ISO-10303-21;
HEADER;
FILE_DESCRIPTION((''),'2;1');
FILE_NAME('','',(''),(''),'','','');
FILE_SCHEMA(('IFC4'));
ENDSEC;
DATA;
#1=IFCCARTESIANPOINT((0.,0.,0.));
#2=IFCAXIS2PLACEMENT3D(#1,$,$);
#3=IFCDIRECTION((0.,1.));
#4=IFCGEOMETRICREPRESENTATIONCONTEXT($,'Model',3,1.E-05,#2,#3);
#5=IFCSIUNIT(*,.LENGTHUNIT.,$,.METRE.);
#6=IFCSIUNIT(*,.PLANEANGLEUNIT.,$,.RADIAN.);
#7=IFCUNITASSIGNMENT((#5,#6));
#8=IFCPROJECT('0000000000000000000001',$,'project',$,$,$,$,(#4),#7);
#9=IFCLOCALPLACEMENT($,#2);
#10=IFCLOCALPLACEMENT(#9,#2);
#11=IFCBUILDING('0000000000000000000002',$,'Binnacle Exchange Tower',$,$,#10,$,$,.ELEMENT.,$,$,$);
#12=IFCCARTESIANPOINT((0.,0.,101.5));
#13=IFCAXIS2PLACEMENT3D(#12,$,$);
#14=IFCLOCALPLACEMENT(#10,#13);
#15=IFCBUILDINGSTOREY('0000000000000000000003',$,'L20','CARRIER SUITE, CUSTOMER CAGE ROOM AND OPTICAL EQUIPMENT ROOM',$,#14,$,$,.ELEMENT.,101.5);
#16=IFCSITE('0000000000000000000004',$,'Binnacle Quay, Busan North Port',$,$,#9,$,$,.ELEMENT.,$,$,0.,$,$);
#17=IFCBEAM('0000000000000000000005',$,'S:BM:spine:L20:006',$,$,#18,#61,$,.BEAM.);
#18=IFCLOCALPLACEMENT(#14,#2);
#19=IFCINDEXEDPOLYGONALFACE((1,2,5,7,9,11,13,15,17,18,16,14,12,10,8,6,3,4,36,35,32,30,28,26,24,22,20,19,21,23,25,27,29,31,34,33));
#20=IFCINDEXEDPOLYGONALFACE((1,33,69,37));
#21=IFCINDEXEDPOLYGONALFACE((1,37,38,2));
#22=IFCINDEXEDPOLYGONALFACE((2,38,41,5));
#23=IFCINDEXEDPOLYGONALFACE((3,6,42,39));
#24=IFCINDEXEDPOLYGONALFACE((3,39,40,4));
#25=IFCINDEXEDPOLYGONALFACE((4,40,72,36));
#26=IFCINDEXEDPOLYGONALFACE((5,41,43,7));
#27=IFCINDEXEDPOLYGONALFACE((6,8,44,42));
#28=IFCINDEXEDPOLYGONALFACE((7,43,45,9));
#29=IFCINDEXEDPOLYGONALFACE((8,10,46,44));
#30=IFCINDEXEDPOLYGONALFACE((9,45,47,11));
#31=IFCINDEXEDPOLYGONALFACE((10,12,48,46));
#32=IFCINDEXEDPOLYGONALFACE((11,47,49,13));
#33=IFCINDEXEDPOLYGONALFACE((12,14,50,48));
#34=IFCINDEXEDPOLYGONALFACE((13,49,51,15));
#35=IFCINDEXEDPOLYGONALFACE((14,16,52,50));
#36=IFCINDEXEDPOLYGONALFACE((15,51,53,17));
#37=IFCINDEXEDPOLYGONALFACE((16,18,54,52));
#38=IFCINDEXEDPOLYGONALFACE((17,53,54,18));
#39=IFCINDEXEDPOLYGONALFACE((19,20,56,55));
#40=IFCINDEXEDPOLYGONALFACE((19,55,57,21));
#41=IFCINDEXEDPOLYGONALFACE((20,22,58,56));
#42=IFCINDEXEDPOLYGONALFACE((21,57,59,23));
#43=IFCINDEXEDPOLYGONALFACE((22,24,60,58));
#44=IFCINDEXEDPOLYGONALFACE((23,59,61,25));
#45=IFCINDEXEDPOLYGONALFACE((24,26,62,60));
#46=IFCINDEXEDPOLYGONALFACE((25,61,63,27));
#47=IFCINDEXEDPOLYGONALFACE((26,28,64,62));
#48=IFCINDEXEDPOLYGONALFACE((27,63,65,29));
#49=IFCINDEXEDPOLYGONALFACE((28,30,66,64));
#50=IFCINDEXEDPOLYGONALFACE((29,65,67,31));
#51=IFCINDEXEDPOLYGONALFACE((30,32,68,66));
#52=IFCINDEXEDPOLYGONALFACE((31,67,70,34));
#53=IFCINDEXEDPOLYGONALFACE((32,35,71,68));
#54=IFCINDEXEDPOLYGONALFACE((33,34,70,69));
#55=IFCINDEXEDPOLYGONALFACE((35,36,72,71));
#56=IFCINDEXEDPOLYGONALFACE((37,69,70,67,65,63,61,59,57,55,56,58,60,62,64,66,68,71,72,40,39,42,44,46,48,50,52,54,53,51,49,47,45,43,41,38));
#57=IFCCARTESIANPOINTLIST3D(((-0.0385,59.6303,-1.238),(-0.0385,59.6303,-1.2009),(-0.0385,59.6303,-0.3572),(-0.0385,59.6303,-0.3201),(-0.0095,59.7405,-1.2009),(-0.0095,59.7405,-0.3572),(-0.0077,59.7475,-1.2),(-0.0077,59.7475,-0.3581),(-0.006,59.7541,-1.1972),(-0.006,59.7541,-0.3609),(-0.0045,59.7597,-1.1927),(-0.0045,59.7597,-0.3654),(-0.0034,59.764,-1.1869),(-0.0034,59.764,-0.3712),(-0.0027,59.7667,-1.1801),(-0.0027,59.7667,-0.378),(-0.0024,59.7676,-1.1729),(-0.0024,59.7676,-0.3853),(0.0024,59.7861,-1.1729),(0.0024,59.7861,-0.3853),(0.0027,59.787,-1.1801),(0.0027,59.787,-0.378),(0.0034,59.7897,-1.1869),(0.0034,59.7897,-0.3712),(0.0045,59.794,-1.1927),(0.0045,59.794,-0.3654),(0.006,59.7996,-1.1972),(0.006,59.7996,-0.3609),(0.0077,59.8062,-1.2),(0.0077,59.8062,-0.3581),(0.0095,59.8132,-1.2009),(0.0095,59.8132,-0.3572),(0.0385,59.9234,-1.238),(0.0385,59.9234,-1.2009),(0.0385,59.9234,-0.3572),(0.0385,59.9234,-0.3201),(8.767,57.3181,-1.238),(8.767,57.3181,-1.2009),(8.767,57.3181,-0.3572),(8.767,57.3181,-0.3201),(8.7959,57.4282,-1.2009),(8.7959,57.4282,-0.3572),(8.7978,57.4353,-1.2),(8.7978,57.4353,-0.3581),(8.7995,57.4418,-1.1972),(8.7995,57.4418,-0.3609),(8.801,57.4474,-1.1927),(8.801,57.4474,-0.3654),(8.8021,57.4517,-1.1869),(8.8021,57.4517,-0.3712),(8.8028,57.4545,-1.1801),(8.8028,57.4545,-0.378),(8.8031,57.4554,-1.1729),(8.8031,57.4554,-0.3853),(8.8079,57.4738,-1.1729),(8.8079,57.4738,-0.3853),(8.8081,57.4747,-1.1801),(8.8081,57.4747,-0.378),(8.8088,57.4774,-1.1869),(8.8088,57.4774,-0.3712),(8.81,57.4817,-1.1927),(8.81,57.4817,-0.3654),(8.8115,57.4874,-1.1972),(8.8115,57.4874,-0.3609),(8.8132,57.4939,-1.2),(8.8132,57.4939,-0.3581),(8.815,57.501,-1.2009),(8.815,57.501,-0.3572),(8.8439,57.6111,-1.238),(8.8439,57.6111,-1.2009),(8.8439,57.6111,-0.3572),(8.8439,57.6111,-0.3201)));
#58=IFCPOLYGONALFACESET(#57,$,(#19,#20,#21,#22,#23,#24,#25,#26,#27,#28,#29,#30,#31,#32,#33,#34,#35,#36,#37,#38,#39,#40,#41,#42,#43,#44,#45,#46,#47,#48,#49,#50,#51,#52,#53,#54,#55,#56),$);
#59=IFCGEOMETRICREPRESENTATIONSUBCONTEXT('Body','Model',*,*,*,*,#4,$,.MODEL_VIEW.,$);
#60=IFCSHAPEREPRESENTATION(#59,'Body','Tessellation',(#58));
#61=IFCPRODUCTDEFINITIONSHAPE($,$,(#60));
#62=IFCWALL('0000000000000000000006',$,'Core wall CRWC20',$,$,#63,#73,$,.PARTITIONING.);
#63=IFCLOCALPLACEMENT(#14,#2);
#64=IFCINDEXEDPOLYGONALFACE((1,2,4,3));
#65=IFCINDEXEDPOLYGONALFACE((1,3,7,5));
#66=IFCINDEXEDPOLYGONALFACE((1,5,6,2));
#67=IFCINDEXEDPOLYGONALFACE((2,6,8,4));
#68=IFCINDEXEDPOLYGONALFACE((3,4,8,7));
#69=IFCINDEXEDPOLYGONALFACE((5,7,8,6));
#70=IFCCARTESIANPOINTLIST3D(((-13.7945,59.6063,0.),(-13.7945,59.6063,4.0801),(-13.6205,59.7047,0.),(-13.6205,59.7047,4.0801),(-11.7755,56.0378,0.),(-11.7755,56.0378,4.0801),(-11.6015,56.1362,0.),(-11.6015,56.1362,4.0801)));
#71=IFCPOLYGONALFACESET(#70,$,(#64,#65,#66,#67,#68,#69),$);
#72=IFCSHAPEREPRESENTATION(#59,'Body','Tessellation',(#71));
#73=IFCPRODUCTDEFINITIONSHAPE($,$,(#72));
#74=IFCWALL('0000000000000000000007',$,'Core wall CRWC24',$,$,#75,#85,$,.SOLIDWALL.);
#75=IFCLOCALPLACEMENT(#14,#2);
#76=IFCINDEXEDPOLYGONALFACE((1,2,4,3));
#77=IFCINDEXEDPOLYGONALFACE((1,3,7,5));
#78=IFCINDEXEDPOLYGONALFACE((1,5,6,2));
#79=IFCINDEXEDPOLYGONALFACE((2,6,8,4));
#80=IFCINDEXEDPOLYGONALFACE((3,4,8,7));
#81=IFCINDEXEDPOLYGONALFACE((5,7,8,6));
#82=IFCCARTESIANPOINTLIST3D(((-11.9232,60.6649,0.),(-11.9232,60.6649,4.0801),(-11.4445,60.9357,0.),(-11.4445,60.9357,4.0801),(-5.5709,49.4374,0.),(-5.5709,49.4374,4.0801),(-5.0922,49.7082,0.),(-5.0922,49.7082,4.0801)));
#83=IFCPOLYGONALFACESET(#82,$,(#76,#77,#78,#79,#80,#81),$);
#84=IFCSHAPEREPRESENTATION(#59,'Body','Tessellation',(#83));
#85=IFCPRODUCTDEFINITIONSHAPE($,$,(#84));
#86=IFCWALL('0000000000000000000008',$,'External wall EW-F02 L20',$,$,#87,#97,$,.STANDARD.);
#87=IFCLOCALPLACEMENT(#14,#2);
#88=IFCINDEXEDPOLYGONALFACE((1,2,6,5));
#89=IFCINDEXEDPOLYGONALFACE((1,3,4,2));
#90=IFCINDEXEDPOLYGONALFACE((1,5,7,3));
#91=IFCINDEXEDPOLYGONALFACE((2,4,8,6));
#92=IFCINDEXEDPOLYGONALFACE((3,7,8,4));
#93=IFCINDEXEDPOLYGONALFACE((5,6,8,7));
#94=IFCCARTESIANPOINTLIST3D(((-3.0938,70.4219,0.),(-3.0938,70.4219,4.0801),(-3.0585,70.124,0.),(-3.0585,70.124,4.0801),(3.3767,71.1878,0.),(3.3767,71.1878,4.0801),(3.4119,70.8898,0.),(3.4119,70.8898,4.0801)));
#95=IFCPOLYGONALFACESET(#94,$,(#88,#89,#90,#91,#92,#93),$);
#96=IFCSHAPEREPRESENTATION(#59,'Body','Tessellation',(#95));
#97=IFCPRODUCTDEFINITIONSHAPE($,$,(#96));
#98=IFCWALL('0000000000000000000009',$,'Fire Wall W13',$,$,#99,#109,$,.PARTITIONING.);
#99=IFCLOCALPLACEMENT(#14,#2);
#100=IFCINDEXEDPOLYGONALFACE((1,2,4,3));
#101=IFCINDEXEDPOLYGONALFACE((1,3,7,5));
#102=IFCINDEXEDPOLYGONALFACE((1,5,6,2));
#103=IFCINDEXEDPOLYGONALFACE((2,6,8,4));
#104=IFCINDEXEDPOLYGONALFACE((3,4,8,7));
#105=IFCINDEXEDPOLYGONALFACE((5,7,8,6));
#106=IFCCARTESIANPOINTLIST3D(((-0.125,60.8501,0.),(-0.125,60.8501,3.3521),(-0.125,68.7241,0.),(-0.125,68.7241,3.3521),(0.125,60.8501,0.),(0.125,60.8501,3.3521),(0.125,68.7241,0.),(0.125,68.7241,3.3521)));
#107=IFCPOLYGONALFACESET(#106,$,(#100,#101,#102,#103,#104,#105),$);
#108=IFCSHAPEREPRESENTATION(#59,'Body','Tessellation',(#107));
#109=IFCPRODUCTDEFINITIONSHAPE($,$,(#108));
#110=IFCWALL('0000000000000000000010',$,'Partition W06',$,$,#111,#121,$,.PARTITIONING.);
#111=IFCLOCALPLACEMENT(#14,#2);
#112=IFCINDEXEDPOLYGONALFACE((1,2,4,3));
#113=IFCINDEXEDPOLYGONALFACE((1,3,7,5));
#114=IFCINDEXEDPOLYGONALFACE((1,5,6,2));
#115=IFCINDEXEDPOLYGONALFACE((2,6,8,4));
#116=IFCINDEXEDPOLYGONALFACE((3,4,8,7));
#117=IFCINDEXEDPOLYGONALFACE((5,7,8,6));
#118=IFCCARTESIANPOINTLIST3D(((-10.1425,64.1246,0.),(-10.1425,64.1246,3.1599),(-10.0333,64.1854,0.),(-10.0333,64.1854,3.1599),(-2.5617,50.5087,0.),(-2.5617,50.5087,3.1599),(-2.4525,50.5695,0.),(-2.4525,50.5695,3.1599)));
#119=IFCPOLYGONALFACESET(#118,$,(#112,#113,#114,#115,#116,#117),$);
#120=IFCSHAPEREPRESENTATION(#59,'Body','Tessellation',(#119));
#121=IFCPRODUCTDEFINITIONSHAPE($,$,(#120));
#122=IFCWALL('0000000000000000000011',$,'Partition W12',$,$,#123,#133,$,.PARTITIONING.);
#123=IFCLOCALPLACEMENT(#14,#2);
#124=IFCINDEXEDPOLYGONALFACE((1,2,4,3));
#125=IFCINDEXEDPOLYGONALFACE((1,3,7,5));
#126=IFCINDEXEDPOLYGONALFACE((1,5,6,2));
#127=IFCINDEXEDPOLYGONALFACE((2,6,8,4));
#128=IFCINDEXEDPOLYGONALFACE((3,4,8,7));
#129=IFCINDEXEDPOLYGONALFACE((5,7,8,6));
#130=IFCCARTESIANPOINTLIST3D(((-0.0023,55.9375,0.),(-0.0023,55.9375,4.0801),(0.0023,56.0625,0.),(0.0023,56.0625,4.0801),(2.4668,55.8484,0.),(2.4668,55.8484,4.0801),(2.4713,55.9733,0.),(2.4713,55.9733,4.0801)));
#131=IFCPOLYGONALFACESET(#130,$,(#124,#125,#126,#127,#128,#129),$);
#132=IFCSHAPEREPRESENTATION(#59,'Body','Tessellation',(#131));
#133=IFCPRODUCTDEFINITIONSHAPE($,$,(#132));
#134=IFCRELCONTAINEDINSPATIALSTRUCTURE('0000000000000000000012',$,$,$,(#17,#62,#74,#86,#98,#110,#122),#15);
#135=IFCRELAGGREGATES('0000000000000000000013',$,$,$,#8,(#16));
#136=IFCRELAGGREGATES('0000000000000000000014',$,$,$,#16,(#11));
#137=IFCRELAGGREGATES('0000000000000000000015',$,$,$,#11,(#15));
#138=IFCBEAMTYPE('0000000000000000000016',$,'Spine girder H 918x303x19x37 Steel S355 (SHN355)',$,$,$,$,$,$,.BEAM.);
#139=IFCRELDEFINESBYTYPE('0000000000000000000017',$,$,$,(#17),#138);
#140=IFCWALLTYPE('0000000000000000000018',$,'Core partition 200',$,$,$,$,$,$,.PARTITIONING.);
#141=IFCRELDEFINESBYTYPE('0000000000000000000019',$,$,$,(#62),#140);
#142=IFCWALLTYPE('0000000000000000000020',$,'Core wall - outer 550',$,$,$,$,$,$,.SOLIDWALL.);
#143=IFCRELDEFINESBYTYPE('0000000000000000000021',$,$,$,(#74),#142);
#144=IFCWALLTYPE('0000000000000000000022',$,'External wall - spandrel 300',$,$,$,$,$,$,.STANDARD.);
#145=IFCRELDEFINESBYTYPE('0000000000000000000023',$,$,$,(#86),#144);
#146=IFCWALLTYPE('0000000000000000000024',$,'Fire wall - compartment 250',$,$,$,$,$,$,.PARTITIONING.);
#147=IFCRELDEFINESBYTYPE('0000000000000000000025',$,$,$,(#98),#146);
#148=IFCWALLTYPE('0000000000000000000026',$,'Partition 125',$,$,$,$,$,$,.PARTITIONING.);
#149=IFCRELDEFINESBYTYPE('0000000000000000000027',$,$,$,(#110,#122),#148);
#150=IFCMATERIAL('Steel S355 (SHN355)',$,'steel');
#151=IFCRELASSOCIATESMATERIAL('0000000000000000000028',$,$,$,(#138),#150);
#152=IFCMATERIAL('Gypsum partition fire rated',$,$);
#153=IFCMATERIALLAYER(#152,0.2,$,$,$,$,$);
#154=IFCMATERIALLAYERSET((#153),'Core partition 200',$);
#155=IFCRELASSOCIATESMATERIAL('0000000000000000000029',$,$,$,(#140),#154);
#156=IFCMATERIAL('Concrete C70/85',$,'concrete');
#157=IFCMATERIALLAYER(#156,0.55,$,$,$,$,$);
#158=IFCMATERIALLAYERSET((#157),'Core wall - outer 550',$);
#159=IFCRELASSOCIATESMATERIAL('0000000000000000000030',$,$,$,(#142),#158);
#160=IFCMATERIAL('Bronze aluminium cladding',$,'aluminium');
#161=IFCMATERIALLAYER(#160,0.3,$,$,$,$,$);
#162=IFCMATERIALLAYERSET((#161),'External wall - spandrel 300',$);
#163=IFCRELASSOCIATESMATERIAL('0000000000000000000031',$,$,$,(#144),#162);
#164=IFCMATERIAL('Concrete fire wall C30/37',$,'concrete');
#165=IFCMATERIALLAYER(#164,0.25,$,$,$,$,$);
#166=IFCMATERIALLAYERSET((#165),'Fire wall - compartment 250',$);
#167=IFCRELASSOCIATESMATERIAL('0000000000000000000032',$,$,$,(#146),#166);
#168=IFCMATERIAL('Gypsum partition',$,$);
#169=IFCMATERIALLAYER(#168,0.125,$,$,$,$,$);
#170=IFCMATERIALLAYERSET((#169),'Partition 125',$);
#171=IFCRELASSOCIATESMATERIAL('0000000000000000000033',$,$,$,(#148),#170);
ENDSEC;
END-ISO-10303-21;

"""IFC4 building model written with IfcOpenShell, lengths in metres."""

from ifc_helpers import new_model, si_unit, direction, frame, frame_2d, origin, origin_2d, place, context, subcontext, project, spatial, rectangle, i_section, extrude, material, layer, layer_set, material_profile, profile_set, type_object, element, save


model = new_model("IFC4")

# Units and contexts
model_context = context("Model", 3, precision=1e-05, world=origin(), true_north=direction((0.0, 1.0)))
body_context = subcontext(model_context, "Body", "Model", "MODEL_VIEW")
ifc_project = project(units=[si_unit("LENGTHUNIT", "METRE"), si_unit("PLANEANGLEUNIT", "RADIAN")], contexts=[model_context])

# Site, building, storey
site_placement = place(None, origin())
site = spatial("IfcSite", under=ifc_project, at=site_placement, Name="Binnacle Quay, Busan North Port", CompositionType="ELEMENT", RefElevation=0.0)
building_placement = place(site_placement, origin())
building = spatial("IfcBuilding", under=site, at=building_placement, Name="Binnacle Exchange Tower", CompositionType="ELEMENT")
storey_placement = place(building_placement, frame((0.0, 0.0, 101.5)))
storey = spatial("IfcBuildingStorey", under=building, at=storey_placement, Name="L20", Description="CARRIER SUITE, CUSTOMER CAGE ROOM AND OPTICAL EQUIPMENT ROOM", CompositionType="ELEMENT", Elevation=101.5)

# Shared definitions
ifc_material_1 = material(Name="Concrete C70/85", Category="concrete")

# Beam
ifc_material_2 = material(Name="Steel S355 (SHN355)", Category="steel")
ifc_material_profile_1 = material_profile(ifc_material_2, i_section(OverallWidth=0.303, OverallDepth=0.918, WebThickness=0.019, FlangeThickness=0.0371, FilletRadius=0.0281, at=origin_2d()), Name="H 918x303x19x37")
ifc_profile_set_1 = profile_set([ifc_material_profile_1], Name="Steel S355 (SHN355)")
beam_type_1 = type_object("IfcBeamType", Name="Spine girder H 918x303x19x37 Steel S355 (SHN355)", PredefinedType="BEAM", material=ifc_profile_set_1)
beam_1_placement = place(storey_placement, frame((0.0, 59.7769, -0.7791), z_axis=(0.967208, -0.253984, 0.0), x_axis=(0.253984, 0.967208, 0.0)))
element("IfcBeam", 1, at=beam_1_placement, inside=storey, type_object=beam_type_1, Name="S:BM:spine:L20:006", PredefinedType="BEAM", context=body_context, shape_type="SweptSolid", body=[
    extrude(i_section(OverallWidth=0.303, OverallDepth=0.918, WebThickness=0.019, FlangeThickness=0.0371, FilletRadius=0.0281, at=origin_2d()), origin(), (0.0, 0.0, 1.0), 9.104),
])

# Walls
ifc_material_3 = material(Name="Gypsum partition fire rated")
ifc_layer_1 = layer(ifc_material_3, 0.2)
ifc_layer_set_1 = layer_set([ifc_layer_1], Name="Core partition 200")
wall_type_1 = type_object("IfcWallType", Name="Core partition 200", PredefinedType="PARTITIONING", material=ifc_layer_set_1)
wall_1_placement = place(storey_placement, frame((-13.7075, 59.6555, 0.0), z_axis=(0.0, 0.0, 1.0), x_axis=(0.492428, -0.870353, 0.0)))
element("IfcWall", 2, at=wall_1_placement, inside=storey, type_object=wall_type_1, Name="Core wall CRWC20", PredefinedType="PARTITIONING", context=body_context, shape_type="SweptSolid", body=[
    extrude(rectangle(XDim=4.1001, YDim=0.2, at=frame_2d((2.05, 0.0))), origin(), (0.0, 0.0, 1.0), 4.0801),
])
ifc_layer_2 = layer(ifc_material_1, 0.55)
ifc_layer_set_2 = layer_set([ifc_layer_2], Name="Core wall - outer 550")
wall_type_2 = type_object("IfcWallType", Name="Core wall - outer 550", PredefinedType="SOLIDWALL", material=ifc_layer_set_2)
wall_2_placement = place(storey_placement, frame((-11.6838, 60.8003, 0.0), z_axis=(0.0, 0.0, 1.0), x_axis=(0.492427, -0.870354, 0.0)))
element("IfcWall", 3, at=wall_2_placement, inside=storey, type_object=wall_type_2, Name="Core wall CRWC24", PredefinedType="SOLIDWALL", context=body_context, shape_type="SweptSolid", body=[
    extrude(rectangle(XDim=12.8999, YDim=0.55, at=frame_2d((6.45, 0.0))), origin(), (0.0, 0.0, 1.0), 4.0801),
])
ifc_material_4 = material(Name="Bronze aluminium cladding", Category="aluminium")
ifc_layer_3 = layer(ifc_material_4, 0.3)
ifc_layer_set_3 = layer_set([ifc_layer_3], Name="External wall - spandrel 300")
wall_type_3 = type_object("IfcWallType", Name="External wall - spandrel 300", PredefinedType="STANDARD", material=ifc_layer_set_3)
wall_3_placement = place(storey_placement, frame((-3.0762, 70.2729, 0.0), z_axis=(0.0, 0.0, 1.0), x_axis=(0.993068, 0.117543, 0.0)))
element("IfcWall", 4, at=wall_3_placement, inside=storey, type_object=wall_type_3, Name="External wall EW-F02 L20", PredefinedType="STANDARD", context=body_context, shape_type="SweptSolid", body=[
    extrude(rectangle(XDim=6.5156, YDim=0.3, at=frame_2d((3.2578, 0.0))), origin(), (0.0, 0.0, 1.0), 4.0801),
])
ifc_material_5 = material(Name="Concrete fire wall C30/37", Category="concrete")
ifc_layer_4 = layer(ifc_material_5, 0.25)
ifc_layer_set_4 = layer_set([ifc_layer_4], Name="Fire wall - compartment 250")
wall_type_4 = type_object("IfcWallType", Name="Fire wall - compartment 250", PredefinedType="PARTITIONING", material=ifc_layer_set_4)
wall_4_placement = place(storey_placement, frame((0.0, 60.8501, 0.0), z_axis=(0.0, 0.0, 1.0), x_axis=(0.0, 1.0, 0.0)))
element("IfcWall", 5, at=wall_4_placement, inside=storey, type_object=wall_type_4, Name="Fire Wall W13", PredefinedType="PARTITIONING", context=body_context, shape_type="SweptSolid", body=[
    extrude(rectangle(XDim=7.874, YDim=0.25, at=frame_2d((3.937, 0.0))), origin(), (0.0, 0.0, 1.0), 3.3521),
])
ifc_material_6 = material(Name="Gypsum partition")
ifc_layer_5 = layer(ifc_material_6, 0.125)
ifc_layer_set_5 = layer_set([ifc_layer_5], Name="Partition 125")
wall_type_5 = type_object("IfcWallType", Name="Partition 125", PredefinedType="PARTITIONING", material=ifc_layer_set_5)
wall_5_placement = place(storey_placement, frame((-10.0879, 64.155, 0.0), z_axis=(0.0, 0.0, 1.0), x_axis=(0.486446, -0.873711, 0.0)))
element("IfcWall", 6, at=wall_5_placement, inside=storey, type_object=wall_type_5, Name="Partition W06", PredefinedType="PARTITIONING", context=body_context, shape_type="SweptSolid", body=[
    extrude(rectangle(XDim=15.584, YDim=0.125, at=frame_2d((7.792, 0.0))), origin(), (0.0, 0.0, 1.0), 3.1599),
])
wall_6_placement = place(storey_placement, frame((0.0, 56.0, 0.0), z_axis=(0.0, 0.0, 1.0), x_axis=(0.999349, -0.036069, 0.0)))
element("IfcWall", 7, at=wall_6_placement, inside=storey, type_object=wall_type_5, Name="Partition W12", PredefinedType="PARTITIONING", context=body_context, shape_type="SweptSolid", body=[
    extrude(rectangle(XDim=2.4707, YDim=0.125, at=frame_2d((1.2354, 0.0))), origin(), (0.0, 0.0, 1.0), 4.0801),
])

save(model, "model.ifc")
